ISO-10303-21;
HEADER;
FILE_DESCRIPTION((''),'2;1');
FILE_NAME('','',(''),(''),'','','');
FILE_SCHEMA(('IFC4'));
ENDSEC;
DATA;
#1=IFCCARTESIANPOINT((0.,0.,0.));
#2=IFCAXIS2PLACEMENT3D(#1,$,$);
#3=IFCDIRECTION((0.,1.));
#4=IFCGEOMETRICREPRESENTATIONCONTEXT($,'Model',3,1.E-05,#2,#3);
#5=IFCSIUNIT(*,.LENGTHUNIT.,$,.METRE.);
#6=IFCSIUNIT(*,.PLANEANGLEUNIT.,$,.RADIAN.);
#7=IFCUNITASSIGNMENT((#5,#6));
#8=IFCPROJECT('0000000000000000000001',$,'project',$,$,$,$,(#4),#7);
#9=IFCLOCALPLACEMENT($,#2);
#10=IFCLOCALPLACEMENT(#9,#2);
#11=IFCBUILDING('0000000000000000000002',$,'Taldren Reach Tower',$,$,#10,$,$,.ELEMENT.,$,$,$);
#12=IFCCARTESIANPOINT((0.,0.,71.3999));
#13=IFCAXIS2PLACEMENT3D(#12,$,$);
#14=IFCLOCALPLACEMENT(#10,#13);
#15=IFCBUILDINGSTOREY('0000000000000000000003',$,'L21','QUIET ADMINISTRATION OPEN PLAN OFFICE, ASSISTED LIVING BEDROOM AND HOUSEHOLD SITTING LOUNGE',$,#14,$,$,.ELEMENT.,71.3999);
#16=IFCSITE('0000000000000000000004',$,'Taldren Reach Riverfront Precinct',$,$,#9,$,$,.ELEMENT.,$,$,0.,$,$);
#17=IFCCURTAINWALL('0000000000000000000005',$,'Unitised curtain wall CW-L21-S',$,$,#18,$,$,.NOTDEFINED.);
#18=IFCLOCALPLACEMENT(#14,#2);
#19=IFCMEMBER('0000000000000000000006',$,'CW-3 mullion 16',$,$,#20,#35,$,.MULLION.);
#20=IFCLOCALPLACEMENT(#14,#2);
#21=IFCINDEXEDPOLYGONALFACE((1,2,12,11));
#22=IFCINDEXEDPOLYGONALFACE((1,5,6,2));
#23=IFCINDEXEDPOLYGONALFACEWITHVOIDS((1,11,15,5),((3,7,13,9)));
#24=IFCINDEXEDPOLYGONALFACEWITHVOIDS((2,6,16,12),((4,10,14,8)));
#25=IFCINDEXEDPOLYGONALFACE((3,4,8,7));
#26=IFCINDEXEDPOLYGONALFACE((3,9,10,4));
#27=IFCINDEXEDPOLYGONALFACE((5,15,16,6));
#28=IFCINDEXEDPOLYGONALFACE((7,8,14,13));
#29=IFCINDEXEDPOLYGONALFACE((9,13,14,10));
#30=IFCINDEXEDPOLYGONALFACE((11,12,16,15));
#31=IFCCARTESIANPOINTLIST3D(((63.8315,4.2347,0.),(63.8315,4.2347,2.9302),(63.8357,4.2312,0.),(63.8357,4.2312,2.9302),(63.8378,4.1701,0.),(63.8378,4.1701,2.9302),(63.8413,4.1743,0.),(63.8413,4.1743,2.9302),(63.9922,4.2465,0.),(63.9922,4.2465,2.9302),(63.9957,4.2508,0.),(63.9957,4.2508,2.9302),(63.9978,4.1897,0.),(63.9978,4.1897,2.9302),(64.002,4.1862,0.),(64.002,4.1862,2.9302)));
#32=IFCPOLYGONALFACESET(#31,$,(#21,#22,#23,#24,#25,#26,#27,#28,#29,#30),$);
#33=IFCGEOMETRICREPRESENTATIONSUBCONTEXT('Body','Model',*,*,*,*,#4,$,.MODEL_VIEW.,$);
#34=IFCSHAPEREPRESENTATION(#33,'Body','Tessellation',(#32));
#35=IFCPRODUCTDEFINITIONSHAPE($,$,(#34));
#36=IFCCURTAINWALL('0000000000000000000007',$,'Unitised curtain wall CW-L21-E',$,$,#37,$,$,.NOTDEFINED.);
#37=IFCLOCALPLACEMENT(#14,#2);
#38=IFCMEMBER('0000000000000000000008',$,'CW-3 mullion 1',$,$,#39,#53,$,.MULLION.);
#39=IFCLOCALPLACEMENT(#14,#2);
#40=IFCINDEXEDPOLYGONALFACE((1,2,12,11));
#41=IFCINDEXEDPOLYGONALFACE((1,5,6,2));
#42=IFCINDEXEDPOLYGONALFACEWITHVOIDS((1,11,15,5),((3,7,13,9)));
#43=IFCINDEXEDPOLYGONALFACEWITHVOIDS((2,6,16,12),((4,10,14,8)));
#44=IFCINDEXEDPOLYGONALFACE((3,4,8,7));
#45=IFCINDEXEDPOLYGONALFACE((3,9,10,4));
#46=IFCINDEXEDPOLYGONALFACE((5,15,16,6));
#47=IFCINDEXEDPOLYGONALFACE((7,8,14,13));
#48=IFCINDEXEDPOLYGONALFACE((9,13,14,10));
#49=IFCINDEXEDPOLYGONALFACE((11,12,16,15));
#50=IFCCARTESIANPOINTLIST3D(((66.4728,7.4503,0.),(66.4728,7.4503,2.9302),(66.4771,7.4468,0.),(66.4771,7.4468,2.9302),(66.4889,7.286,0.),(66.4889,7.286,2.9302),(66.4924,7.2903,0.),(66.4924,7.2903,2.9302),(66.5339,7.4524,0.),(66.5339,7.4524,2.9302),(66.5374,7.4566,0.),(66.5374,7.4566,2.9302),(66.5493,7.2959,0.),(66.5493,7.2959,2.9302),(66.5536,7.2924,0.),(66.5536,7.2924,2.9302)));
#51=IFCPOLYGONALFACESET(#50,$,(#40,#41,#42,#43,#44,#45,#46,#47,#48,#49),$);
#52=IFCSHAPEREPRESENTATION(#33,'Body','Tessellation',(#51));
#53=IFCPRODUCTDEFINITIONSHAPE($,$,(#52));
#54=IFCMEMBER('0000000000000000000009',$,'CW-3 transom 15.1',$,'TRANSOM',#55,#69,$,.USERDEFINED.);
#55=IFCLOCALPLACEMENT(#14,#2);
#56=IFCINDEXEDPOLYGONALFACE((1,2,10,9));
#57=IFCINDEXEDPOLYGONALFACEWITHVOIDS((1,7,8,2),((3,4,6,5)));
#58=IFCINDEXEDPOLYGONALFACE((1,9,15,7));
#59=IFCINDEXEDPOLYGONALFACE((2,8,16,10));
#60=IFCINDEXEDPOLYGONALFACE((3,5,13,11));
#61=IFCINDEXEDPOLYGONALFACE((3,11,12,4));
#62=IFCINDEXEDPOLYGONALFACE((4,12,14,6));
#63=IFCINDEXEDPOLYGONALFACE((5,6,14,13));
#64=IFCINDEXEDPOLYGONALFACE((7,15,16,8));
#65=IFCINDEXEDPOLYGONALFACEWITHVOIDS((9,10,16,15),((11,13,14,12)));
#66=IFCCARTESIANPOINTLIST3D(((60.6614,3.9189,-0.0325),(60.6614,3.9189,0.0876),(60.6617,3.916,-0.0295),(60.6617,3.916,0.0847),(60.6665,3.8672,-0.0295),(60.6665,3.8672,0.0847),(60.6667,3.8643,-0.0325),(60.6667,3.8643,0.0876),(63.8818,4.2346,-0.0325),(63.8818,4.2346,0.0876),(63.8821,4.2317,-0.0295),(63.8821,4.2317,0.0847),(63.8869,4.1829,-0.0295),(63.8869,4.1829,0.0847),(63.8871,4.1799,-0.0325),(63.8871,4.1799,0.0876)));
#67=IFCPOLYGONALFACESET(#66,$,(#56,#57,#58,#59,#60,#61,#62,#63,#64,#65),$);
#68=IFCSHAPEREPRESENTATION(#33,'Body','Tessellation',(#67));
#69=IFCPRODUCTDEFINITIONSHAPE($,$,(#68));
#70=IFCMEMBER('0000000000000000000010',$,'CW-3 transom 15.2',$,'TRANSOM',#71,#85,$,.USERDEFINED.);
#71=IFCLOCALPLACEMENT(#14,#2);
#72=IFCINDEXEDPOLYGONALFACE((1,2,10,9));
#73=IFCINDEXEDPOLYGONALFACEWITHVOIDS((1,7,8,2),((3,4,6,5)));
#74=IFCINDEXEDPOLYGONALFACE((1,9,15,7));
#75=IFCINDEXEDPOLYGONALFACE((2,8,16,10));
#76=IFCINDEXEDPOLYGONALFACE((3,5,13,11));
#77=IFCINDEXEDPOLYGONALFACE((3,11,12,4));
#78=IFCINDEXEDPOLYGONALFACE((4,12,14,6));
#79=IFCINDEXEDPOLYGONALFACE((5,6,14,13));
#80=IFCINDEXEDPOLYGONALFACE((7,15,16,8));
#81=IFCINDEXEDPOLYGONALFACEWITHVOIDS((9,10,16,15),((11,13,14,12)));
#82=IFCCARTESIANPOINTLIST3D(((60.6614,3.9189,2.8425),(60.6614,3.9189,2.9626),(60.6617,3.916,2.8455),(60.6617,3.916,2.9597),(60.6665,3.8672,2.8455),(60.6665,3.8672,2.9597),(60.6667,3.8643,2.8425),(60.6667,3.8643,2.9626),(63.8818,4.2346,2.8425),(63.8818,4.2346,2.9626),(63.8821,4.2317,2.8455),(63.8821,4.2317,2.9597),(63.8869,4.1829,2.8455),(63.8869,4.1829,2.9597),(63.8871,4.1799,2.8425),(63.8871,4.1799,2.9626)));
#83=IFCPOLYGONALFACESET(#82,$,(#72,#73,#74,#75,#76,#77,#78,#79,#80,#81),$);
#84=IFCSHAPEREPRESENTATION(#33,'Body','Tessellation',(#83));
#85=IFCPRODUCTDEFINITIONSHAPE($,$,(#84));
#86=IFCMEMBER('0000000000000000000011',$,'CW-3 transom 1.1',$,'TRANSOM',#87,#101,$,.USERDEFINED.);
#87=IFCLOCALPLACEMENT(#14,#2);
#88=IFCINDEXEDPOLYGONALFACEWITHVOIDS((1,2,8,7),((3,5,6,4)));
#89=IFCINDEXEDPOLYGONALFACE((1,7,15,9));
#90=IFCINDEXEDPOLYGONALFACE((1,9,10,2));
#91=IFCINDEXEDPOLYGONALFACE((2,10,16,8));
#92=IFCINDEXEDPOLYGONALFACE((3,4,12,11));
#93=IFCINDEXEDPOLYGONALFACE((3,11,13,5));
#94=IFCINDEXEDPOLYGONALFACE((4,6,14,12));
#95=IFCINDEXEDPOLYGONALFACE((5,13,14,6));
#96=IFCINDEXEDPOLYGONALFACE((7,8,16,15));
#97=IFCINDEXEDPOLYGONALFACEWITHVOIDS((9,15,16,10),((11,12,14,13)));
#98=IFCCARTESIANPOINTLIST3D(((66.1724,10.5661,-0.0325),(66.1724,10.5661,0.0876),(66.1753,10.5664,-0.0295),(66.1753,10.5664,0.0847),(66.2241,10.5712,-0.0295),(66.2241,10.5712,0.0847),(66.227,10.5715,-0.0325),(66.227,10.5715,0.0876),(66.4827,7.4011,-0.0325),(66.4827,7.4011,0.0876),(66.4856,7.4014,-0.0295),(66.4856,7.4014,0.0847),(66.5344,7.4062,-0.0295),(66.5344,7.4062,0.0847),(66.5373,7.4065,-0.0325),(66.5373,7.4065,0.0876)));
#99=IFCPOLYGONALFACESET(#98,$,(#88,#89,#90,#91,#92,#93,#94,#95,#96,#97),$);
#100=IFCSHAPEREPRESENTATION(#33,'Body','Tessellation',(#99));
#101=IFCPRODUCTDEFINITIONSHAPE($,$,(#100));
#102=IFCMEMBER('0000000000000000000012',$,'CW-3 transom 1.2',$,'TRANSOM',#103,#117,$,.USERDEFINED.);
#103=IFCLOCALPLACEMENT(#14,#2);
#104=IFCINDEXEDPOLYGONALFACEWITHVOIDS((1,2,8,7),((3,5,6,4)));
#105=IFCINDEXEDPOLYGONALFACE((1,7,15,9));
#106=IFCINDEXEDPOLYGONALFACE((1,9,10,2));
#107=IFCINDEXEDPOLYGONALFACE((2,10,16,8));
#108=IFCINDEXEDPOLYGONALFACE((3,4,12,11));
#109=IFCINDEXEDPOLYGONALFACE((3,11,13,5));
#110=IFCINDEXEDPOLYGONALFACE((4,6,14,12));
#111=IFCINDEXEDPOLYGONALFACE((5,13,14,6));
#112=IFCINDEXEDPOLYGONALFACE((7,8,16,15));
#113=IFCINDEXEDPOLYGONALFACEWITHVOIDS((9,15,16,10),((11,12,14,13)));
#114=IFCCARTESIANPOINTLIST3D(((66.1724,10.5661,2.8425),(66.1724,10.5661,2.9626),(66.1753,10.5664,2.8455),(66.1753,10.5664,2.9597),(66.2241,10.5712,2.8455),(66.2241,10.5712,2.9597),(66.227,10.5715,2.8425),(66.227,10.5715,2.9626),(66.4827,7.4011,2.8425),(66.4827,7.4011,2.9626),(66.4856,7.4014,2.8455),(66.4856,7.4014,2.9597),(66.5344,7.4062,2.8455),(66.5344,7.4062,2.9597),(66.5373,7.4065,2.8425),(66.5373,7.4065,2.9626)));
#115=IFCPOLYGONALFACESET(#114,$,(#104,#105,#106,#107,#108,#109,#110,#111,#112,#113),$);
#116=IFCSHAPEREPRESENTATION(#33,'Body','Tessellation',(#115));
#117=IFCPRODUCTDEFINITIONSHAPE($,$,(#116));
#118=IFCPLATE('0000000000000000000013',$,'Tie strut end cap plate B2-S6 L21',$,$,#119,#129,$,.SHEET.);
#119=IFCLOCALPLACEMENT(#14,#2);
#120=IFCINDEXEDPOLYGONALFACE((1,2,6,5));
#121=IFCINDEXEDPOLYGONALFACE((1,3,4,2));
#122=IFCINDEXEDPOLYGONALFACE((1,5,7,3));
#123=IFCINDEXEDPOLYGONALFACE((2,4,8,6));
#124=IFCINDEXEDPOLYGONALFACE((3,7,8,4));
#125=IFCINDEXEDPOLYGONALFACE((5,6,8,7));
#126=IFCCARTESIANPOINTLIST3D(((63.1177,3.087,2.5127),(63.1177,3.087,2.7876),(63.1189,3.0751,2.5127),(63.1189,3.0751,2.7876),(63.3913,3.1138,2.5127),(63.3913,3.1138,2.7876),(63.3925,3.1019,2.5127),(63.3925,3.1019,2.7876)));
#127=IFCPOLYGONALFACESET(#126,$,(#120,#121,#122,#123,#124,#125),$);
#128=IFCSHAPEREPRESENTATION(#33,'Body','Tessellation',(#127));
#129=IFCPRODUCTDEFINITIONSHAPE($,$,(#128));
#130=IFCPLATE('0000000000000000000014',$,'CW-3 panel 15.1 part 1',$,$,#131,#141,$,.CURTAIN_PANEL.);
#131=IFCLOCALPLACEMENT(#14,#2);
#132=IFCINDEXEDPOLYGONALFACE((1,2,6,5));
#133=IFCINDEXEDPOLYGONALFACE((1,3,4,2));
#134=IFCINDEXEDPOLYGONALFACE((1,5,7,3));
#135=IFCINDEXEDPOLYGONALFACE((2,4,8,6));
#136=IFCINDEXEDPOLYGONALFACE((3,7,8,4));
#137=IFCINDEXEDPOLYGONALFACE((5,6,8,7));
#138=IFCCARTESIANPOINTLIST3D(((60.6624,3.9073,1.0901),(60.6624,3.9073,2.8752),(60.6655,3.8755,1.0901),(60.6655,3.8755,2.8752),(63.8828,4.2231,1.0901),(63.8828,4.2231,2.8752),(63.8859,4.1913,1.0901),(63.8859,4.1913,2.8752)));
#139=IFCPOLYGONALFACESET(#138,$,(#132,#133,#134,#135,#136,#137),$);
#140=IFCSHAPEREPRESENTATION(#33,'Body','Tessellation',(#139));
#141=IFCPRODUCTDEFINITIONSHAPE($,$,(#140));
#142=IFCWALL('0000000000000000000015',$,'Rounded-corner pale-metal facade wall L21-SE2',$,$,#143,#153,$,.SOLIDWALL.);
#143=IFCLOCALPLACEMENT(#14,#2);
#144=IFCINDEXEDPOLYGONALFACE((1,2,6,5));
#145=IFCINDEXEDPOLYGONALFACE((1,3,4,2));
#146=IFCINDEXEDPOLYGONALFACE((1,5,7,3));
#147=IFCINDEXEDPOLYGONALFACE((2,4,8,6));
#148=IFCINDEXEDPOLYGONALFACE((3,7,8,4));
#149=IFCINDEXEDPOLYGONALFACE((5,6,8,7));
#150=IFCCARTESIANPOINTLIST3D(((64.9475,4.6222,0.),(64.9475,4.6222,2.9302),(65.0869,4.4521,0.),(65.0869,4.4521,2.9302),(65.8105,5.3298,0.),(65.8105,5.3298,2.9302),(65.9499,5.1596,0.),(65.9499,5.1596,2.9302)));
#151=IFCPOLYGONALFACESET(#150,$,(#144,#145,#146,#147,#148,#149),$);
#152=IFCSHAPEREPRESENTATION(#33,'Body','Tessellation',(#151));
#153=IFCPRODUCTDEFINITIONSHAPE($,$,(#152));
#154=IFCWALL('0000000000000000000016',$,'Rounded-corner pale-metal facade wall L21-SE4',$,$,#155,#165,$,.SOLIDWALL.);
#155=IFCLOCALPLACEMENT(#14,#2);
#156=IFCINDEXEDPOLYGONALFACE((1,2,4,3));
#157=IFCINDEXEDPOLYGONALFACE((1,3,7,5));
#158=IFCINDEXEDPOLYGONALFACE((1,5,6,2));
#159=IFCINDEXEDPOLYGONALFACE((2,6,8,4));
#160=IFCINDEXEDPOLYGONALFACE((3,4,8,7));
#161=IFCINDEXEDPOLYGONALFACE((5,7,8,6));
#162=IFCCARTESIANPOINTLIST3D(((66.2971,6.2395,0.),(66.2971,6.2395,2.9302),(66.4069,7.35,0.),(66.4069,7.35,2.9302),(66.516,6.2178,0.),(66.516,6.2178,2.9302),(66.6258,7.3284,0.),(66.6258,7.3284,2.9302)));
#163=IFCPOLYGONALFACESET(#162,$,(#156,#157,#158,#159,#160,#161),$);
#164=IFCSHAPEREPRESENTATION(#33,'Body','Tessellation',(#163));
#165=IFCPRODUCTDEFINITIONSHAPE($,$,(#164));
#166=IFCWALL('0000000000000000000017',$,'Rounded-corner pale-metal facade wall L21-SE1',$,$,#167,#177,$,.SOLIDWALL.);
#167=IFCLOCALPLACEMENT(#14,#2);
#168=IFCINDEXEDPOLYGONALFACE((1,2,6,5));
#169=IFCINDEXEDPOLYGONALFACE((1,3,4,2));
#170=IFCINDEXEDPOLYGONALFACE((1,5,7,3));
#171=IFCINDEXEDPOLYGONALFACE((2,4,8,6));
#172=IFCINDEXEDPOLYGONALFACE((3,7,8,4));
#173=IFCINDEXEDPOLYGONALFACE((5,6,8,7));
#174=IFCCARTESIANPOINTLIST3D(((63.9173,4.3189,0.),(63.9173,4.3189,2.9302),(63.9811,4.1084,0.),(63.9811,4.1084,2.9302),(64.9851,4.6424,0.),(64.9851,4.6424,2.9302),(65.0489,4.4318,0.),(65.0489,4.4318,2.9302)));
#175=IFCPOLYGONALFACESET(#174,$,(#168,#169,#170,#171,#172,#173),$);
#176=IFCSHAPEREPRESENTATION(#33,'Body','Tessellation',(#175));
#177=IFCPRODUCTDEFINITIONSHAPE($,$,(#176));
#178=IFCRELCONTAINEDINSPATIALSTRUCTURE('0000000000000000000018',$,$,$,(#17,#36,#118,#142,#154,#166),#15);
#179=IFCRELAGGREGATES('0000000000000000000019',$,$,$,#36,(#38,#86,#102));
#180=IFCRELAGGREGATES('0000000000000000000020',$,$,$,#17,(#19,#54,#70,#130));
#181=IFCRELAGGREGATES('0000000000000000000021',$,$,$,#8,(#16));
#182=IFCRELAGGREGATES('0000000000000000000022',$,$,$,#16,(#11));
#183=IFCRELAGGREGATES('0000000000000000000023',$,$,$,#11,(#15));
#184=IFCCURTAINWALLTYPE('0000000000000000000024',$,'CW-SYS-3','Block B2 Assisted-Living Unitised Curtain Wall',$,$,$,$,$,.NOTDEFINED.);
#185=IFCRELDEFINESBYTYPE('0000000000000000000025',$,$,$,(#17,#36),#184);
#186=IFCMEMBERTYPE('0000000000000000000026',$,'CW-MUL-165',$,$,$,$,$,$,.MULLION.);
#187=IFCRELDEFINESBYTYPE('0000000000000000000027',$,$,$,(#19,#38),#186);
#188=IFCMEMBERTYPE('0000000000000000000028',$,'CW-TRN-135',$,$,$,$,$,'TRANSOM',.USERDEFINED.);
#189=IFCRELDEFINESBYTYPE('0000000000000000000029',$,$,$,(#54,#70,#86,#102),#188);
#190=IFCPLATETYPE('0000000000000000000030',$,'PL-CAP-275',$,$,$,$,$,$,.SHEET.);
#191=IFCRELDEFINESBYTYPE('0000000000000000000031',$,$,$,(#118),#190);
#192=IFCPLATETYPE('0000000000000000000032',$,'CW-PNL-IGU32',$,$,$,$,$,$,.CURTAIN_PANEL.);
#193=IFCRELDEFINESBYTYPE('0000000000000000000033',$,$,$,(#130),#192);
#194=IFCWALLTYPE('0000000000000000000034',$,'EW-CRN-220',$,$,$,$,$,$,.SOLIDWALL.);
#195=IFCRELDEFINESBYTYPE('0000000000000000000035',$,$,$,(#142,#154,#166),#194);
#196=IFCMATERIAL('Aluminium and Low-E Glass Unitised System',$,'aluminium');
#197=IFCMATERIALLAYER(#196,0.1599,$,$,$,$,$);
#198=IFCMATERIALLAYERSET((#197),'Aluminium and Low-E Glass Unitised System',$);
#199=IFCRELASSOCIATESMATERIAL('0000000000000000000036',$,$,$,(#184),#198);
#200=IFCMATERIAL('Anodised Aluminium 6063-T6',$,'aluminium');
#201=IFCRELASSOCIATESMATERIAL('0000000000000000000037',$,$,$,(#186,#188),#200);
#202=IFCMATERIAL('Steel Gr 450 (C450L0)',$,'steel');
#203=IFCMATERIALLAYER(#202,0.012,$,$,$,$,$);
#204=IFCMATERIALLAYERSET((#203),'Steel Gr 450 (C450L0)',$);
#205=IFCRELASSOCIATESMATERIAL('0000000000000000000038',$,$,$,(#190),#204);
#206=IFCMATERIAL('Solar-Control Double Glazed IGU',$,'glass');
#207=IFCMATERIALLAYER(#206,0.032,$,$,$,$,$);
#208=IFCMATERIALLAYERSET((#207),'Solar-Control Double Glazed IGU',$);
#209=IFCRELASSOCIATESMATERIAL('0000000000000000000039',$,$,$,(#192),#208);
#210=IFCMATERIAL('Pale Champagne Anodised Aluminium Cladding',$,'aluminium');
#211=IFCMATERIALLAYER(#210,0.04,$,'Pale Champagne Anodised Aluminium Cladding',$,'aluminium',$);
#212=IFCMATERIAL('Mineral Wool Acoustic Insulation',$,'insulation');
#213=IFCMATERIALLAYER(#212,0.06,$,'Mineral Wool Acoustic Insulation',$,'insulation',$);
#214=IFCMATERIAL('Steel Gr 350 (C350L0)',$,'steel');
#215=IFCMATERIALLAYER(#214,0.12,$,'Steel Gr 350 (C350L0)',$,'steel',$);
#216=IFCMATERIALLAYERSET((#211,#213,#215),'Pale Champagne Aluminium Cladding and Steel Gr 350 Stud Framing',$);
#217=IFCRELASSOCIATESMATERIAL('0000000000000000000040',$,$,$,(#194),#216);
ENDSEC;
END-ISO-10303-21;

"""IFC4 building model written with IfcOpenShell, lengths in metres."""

from ifc_helpers import new_model, si_unit, direction, frame, frame_2d, origin, origin_2d, place, context, subcontext, project, spatial, rectangle, hollow_rectangle, extrude, source, transform, mapped, material, layer, layer_set, material_profile, profile_set, type_object, element, aggregate, save


model = new_model("IFC4")

# Units and contexts
model_context = context("Model", 3, precision=1e-05, world=origin(), true_north=direction((0.0, 1.0)))
body_context = subcontext(model_context, "Body", "Model", "MODEL_VIEW")
ifc_project = project(units=[si_unit("LENGTHUNIT", "METRE"), si_unit("PLANEANGLEUNIT", "RADIAN")], contexts=[model_context])

# Site, building, storey
site_placement = place(None, origin())
site = spatial("IfcSite", under=ifc_project, at=site_placement, Name="Taldren Reach Riverfront Precinct", CompositionType="ELEMENT", RefElevation=0.0)
building_placement = place(site_placement, origin())
building = spatial("IfcBuilding", under=site, at=building_placement, Name="Taldren Reach Tower", CompositionType="ELEMENT")
storey_placement = place(building_placement, frame((0.0, 0.0, 71.3999)))
storey = spatial("IfcBuildingStorey", under=building, at=storey_placement, Name="L21", Description="QUIET ADMINISTRATION OPEN PLAN OFFICE, ASSISTED LIVING BEDROOM AND HOUSEHOLD SITTING LOUNGE", CompositionType="ELEMENT", Elevation=71.3999)

# Shared definitions
ifc_material_1 = material(Name="Steel Gr 450 (C450L0)", Category="steel")
ifc_material_2 = material(Name="Steel Gr 350 (C350L0)", Category="steel")

# Curtain walls, members
ifc_material_3 = material(Name="Aluminium and Low-E Glass Unitised System", Category="aluminium")
ifc_layer_1 = layer(ifc_material_3, 0.1599)
ifc_layer_set_1 = layer_set([ifc_layer_1], Name="Aluminium and Low-E Glass Unitised System")
curtain_wall_type = type_object("IfcCurtainWallType", Name="CW-SYS-3", Description="Block B2 Assisted-Living Unitised Curtain Wall", PredefinedType="NOTDEFINED", material=ifc_layer_set_1)
curtain_wall_1_placement = place(storey_placement, origin())
curtain_wall_1 = element("IfcCurtainWall", 1, at=curtain_wall_1_placement, inside=storey, type_object=curtain_wall_type, Name="Unitised curtain wall CW-L21-S", PredefinedType="NOTDEFINED")
ifc_material_4 = material(Name="Anodised Aluminium 6063-T6", Category="aluminium")
ifc_material_profile_1 = material_profile(ifc_material_4, hollow_rectangle(XDim=0.0649, YDim=0.165, WallThickness=0.0039, at=origin_2d()), Name="ALU-165x65x4RHS")
ifc_profile_set_1 = profile_set([ifc_material_profile_1], Name="Anodised Aluminium 6063-T6")
member_type_1 = type_object("IfcMemberType", Name="CW-MUL-165", PredefinedType="MULLION", material=ifc_profile_set_1)
shared_shape_1 = source(origin(), body_context, "Body", "SweptSolid", [
    extrude(hollow_rectangle(XDim=0.0649, YDim=0.165, WallThickness=0.0039, at=origin_2d()), origin(), (0.0, 0.0, 1.0), 2.9302),
])
member_1_placement = place(storey_placement, frame((63.9167, 4.2104, 0.0), z_axis=(0.0, 0.0, 1.0), x_axis=(-0.097583, 0.995227, 0.0)))
member_1 = element("IfcMember", 2, at=member_1_placement, type_object=member_type_1, Name="CW-3 mullion 16", PredefinedType="MULLION", context=body_context, shape_type="MappedRepresentation", body=[
    mapped(shared_shape_1, transform((0.0, 0.0, 0.0), scale=1.0)),
])
curtain_wall_2_placement = place(storey_placement, origin())
curtain_wall_2 = element("IfcCurtainWall", 3, at=curtain_wall_2_placement, inside=storey, type_object=curtain_wall_type, Name="Unitised curtain wall CW-L21-E", PredefinedType="NOTDEFINED")
member_2_placement = place(storey_placement, frame((66.5132, 7.3713, 0.0), z_axis=(0.0, 0.0, 1.0), x_axis=(-0.995227, -0.097583, 0.0)))
member_2 = element("IfcMember", 4, at=member_2_placement, type_object=member_type_1, Name="CW-3 mullion 1", PredefinedType="MULLION", context=body_context, shape_type="MappedRepresentation", body=[
    mapped(shared_shape_1, transform((0.0, 0.0, 0.0), scale=1.0)),
])

# Members
ifc_material_profile_2 = material_profile(ifc_material_4, hollow_rectangle(XDim=0.0549, YDim=0.1201, WallThickness=0.0029, at=origin_2d()), Name="ALU-120x55x3RHS")
ifc_profile_set_2 = profile_set([ifc_material_profile_2], Name="Anodised Aluminium 6063-T6")
member_type_2 = type_object("IfcMemberType", Name="CW-TRN-135", ElementType="TRANSOM", PredefinedType="USERDEFINED", material=ifc_profile_set_2)
shared_shape_2 = source(origin(), body_context, "Body", "SweptSolid", [
    extrude(hollow_rectangle(XDim=0.0549, YDim=0.1201, WallThickness=0.0029, at=origin_2d()), origin(), (0.0, 0.0, 1.0), 3.2358),
])
member_3_placement = place(storey_placement, frame((60.6641, 3.8916, 0.0276), z_axis=(0.99523, 0.097554, 0.0), x_axis=(-0.097554, 0.99523, 0.0)))
member_3 = element("IfcMember", 5, at=member_3_placement, type_object=member_type_2, Name="CW-3 transom 15.1", ObjectType="TRANSOM", PredefinedType="USERDEFINED", context=body_context, shape_type="MappedRepresentation", body=[
    mapped(shared_shape_2, transform((0.0, 0.0, 0.0), scale=1.0)),
])
member_4_placement = place(storey_placement, frame((60.6641, 3.8916, 2.9026), z_axis=(0.99523, 0.097554, 0.0), x_axis=(-0.097554, 0.99523, 0.0)))
member_4 = element("IfcMember", 6, at=member_4_placement, type_object=member_type_2, Name="CW-3 transom 15.2", ObjectType="TRANSOM", PredefinedType="USERDEFINED", context=body_context, shape_type="MappedRepresentation", body=[
    mapped(shared_shape_2, transform((0.0, 0.0, 0.0), scale=1.0)),
])
shared_shape_3 = source(origin(), body_context, "Body", "SweptSolid", [
    extrude(hollow_rectangle(XDim=0.0549, YDim=0.1201, WallThickness=0.0029, at=origin_2d()), origin(), (0.0, 0.0, 1.0), 3.1802),
])
member_5_placement = place(storey_placement, frame((66.51, 7.4038, 0.0276), z_axis=(-0.097573, 0.995228, 0.0), x_axis=(-0.995228, -0.097573, 0.0)))
member_5 = element("IfcMember", 7, at=member_5_placement, type_object=member_type_2, Name="CW-3 transom 1.1", ObjectType="TRANSOM", PredefinedType="USERDEFINED", context=body_context, shape_type="MappedRepresentation", body=[
    mapped(shared_shape_3, transform((0.0, 0.0, 0.0), scale=1.0)),
])
member_6_placement = place(storey_placement, frame((66.51, 7.4038, 2.9026), z_axis=(-0.097573, 0.995228, 0.0), x_axis=(-0.995228, -0.097573, 0.0)))
member_6 = element("IfcMember", 8, at=member_6_placement, type_object=member_type_2, Name="CW-3 transom 1.2", ObjectType="TRANSOM", PredefinedType="USERDEFINED", context=body_context, shape_type="MappedRepresentation", body=[
    mapped(shared_shape_3, transform((0.0, 0.0, 0.0), scale=1.0)),
])
aggregate(curtain_wall_2, [member_2, member_5, member_6])

# Plates
ifc_layer_2 = layer(ifc_material_1, 0.012)
ifc_layer_set_2 = layer_set([ifc_layer_2], Name="Steel Gr 450 (C450L0)")
plate_type_1 = type_object("IfcPlateType", Name="PL-CAP-275", PredefinedType="SHEET", material=ifc_layer_set_2)
shared_shape_4 = source(origin(), body_context, "Body", "SweptSolid", [
    extrude(rectangle(XDim=0.2749, YDim=0.012, at=origin_2d()), origin(), (0.0, 0.0, 1.0), 0.2749),
])
plate_1_placement = place(storey_placement, frame((63.2551, 3.0945, 2.5127), z_axis=(0.0, 0.0, 1.0), x_axis=(0.995227, 0.097583, 0.0)))
element("IfcPlate", 9, at=plate_1_placement, inside=storey, type_object=plate_type_1, Name="Tie strut end cap plate B2-S6 L21", PredefinedType="SHEET", context=body_context, shape_type="MappedRepresentation", body=[
    mapped(shared_shape_4, transform((0.0, 0.0, 0.0), scale=1.0)),
])
ifc_material_5 = material(Name="Solar-Control Double Glazed IGU", Category="glass")
ifc_layer_3 = layer(ifc_material_5, 0.032)
ifc_layer_set_3 = layer_set([ifc_layer_3], Name="Solar-Control Double Glazed IGU")
plate_type_2 = type_object("IfcPlateType", Name="CW-PNL-IGU32", PredefinedType="CURTAIN_PANEL", material=ifc_layer_set_3)
shared_shape_5 = source(origin(), body_context, "Body", "SweptSolid", [
    extrude(rectangle(XDim=3.2358, YDim=0.032, at=origin_2d()), origin(), (0.0, 0.0, 1.0), 1.7852),
])
plate_2_placement = place(storey_placement, frame((62.2742, 4.0493, 1.0901), z_axis=(0.0, 0.0, 1.0), x_axis=(0.995227, 0.097583, 0.0)))
plate_2 = element("IfcPlate", 10, at=plate_2_placement, type_object=plate_type_2, Name="CW-3 panel 15.1 part 1", PredefinedType="CURTAIN_PANEL", context=body_context, shape_type="MappedRepresentation", body=[
    mapped(shared_shape_5, transform((0.0, 0.0, 0.0), scale=1.0)),
])
aggregate(curtain_wall_1, [member_1, member_3, member_4, plate_2])

# Walls
ifc_material_6 = material(Name="Pale Champagne Anodised Aluminium Cladding", Category="aluminium")
ifc_layer_4 = layer(ifc_material_6, 0.04, Name="Pale Champagne Anodised Aluminium Cladding", Category="aluminium")
ifc_material_7 = material(Name="Mineral Wool Acoustic Insulation", Category="insulation")
ifc_layer_5 = layer(ifc_material_7, 0.06, Name="Mineral Wool Acoustic Insulation", Category="insulation")
ifc_layer_6 = layer(ifc_material_2, 0.12, Name="Steel Gr 350 (C350L0)", Category="steel")
ifc_layer_set_4 = layer_set([ifc_layer_4, ifc_layer_5, ifc_layer_6], Name="Pale Champagne Aluminium Cladding and Steel Gr 350 Stud Framing")
wall_type = type_object("IfcWallType", Name="EW-CRN-220", PredefinedType="SOLIDWALL", material=ifc_layer_set_4)
shared_shape_6 = source(origin(), body_context, "Body", "SweptSolid", [
    extrude(rectangle(XDim=1.116, YDim=0.22, at=frame_2d((0.5581, 0.0))), origin(), (0.0, 0.0, 1.0), 2.9302),
])
for number, where, z_axis, x_axis, name in (
    (11, (65.0171, 4.5371, 0.0), (0.0, 0.0, 1.0), (0.773343, 0.633988, 0.0), "Rounded-corner pale-metal facade wall L21-SE2"),
    (12, (66.4065, 6.2285, 0.0), (0.0, 0.0, 1.0), (0.098442, 0.995143, 0.0), "Rounded-corner pale-metal facade wall L21-SE4"),
):
    element("IfcWall", number, at=place(storey_placement, frame(where, z_axis=z_axis, x_axis=x_axis)), inside=storey, type_object=wall_type, Name=name, PredefinedType="SOLIDWALL", context=body_context, shape_type="MappedRepresentation", body=[
        mapped(shared_shape_6, transform((0.0, 0.0, 0.0), scale=1.0)),
    ])
shared_shape_7 = source(origin(), body_context, "Body", "SweptSolid", [
    extrude(rectangle(XDim=1.1157, YDim=0.22, at=frame_2d((0.5579, 0.0))), origin(), (0.0, 0.0, 1.0), 2.9302),
])
for number, where, z_axis, x_axis, name in (
    (13, (63.9492, 4.2136, 0.0), (0.0, 0.0, 1.0), (0.957052, 0.289916, 0.0), "Rounded-corner pale-metal facade wall L21-SE1"),
):
    element("IfcWall", number, at=place(storey_placement, frame(where, z_axis=z_axis, x_axis=x_axis)), inside=storey, type_object=wall_type, Name=name, PredefinedType="SOLIDWALL", context=body_context, shape_type="MappedRepresentation", body=[
        mapped(shared_shape_7, transform((0.0, 0.0, 0.0), scale=1.0)),
    ])

save(model, "model.ifc")
